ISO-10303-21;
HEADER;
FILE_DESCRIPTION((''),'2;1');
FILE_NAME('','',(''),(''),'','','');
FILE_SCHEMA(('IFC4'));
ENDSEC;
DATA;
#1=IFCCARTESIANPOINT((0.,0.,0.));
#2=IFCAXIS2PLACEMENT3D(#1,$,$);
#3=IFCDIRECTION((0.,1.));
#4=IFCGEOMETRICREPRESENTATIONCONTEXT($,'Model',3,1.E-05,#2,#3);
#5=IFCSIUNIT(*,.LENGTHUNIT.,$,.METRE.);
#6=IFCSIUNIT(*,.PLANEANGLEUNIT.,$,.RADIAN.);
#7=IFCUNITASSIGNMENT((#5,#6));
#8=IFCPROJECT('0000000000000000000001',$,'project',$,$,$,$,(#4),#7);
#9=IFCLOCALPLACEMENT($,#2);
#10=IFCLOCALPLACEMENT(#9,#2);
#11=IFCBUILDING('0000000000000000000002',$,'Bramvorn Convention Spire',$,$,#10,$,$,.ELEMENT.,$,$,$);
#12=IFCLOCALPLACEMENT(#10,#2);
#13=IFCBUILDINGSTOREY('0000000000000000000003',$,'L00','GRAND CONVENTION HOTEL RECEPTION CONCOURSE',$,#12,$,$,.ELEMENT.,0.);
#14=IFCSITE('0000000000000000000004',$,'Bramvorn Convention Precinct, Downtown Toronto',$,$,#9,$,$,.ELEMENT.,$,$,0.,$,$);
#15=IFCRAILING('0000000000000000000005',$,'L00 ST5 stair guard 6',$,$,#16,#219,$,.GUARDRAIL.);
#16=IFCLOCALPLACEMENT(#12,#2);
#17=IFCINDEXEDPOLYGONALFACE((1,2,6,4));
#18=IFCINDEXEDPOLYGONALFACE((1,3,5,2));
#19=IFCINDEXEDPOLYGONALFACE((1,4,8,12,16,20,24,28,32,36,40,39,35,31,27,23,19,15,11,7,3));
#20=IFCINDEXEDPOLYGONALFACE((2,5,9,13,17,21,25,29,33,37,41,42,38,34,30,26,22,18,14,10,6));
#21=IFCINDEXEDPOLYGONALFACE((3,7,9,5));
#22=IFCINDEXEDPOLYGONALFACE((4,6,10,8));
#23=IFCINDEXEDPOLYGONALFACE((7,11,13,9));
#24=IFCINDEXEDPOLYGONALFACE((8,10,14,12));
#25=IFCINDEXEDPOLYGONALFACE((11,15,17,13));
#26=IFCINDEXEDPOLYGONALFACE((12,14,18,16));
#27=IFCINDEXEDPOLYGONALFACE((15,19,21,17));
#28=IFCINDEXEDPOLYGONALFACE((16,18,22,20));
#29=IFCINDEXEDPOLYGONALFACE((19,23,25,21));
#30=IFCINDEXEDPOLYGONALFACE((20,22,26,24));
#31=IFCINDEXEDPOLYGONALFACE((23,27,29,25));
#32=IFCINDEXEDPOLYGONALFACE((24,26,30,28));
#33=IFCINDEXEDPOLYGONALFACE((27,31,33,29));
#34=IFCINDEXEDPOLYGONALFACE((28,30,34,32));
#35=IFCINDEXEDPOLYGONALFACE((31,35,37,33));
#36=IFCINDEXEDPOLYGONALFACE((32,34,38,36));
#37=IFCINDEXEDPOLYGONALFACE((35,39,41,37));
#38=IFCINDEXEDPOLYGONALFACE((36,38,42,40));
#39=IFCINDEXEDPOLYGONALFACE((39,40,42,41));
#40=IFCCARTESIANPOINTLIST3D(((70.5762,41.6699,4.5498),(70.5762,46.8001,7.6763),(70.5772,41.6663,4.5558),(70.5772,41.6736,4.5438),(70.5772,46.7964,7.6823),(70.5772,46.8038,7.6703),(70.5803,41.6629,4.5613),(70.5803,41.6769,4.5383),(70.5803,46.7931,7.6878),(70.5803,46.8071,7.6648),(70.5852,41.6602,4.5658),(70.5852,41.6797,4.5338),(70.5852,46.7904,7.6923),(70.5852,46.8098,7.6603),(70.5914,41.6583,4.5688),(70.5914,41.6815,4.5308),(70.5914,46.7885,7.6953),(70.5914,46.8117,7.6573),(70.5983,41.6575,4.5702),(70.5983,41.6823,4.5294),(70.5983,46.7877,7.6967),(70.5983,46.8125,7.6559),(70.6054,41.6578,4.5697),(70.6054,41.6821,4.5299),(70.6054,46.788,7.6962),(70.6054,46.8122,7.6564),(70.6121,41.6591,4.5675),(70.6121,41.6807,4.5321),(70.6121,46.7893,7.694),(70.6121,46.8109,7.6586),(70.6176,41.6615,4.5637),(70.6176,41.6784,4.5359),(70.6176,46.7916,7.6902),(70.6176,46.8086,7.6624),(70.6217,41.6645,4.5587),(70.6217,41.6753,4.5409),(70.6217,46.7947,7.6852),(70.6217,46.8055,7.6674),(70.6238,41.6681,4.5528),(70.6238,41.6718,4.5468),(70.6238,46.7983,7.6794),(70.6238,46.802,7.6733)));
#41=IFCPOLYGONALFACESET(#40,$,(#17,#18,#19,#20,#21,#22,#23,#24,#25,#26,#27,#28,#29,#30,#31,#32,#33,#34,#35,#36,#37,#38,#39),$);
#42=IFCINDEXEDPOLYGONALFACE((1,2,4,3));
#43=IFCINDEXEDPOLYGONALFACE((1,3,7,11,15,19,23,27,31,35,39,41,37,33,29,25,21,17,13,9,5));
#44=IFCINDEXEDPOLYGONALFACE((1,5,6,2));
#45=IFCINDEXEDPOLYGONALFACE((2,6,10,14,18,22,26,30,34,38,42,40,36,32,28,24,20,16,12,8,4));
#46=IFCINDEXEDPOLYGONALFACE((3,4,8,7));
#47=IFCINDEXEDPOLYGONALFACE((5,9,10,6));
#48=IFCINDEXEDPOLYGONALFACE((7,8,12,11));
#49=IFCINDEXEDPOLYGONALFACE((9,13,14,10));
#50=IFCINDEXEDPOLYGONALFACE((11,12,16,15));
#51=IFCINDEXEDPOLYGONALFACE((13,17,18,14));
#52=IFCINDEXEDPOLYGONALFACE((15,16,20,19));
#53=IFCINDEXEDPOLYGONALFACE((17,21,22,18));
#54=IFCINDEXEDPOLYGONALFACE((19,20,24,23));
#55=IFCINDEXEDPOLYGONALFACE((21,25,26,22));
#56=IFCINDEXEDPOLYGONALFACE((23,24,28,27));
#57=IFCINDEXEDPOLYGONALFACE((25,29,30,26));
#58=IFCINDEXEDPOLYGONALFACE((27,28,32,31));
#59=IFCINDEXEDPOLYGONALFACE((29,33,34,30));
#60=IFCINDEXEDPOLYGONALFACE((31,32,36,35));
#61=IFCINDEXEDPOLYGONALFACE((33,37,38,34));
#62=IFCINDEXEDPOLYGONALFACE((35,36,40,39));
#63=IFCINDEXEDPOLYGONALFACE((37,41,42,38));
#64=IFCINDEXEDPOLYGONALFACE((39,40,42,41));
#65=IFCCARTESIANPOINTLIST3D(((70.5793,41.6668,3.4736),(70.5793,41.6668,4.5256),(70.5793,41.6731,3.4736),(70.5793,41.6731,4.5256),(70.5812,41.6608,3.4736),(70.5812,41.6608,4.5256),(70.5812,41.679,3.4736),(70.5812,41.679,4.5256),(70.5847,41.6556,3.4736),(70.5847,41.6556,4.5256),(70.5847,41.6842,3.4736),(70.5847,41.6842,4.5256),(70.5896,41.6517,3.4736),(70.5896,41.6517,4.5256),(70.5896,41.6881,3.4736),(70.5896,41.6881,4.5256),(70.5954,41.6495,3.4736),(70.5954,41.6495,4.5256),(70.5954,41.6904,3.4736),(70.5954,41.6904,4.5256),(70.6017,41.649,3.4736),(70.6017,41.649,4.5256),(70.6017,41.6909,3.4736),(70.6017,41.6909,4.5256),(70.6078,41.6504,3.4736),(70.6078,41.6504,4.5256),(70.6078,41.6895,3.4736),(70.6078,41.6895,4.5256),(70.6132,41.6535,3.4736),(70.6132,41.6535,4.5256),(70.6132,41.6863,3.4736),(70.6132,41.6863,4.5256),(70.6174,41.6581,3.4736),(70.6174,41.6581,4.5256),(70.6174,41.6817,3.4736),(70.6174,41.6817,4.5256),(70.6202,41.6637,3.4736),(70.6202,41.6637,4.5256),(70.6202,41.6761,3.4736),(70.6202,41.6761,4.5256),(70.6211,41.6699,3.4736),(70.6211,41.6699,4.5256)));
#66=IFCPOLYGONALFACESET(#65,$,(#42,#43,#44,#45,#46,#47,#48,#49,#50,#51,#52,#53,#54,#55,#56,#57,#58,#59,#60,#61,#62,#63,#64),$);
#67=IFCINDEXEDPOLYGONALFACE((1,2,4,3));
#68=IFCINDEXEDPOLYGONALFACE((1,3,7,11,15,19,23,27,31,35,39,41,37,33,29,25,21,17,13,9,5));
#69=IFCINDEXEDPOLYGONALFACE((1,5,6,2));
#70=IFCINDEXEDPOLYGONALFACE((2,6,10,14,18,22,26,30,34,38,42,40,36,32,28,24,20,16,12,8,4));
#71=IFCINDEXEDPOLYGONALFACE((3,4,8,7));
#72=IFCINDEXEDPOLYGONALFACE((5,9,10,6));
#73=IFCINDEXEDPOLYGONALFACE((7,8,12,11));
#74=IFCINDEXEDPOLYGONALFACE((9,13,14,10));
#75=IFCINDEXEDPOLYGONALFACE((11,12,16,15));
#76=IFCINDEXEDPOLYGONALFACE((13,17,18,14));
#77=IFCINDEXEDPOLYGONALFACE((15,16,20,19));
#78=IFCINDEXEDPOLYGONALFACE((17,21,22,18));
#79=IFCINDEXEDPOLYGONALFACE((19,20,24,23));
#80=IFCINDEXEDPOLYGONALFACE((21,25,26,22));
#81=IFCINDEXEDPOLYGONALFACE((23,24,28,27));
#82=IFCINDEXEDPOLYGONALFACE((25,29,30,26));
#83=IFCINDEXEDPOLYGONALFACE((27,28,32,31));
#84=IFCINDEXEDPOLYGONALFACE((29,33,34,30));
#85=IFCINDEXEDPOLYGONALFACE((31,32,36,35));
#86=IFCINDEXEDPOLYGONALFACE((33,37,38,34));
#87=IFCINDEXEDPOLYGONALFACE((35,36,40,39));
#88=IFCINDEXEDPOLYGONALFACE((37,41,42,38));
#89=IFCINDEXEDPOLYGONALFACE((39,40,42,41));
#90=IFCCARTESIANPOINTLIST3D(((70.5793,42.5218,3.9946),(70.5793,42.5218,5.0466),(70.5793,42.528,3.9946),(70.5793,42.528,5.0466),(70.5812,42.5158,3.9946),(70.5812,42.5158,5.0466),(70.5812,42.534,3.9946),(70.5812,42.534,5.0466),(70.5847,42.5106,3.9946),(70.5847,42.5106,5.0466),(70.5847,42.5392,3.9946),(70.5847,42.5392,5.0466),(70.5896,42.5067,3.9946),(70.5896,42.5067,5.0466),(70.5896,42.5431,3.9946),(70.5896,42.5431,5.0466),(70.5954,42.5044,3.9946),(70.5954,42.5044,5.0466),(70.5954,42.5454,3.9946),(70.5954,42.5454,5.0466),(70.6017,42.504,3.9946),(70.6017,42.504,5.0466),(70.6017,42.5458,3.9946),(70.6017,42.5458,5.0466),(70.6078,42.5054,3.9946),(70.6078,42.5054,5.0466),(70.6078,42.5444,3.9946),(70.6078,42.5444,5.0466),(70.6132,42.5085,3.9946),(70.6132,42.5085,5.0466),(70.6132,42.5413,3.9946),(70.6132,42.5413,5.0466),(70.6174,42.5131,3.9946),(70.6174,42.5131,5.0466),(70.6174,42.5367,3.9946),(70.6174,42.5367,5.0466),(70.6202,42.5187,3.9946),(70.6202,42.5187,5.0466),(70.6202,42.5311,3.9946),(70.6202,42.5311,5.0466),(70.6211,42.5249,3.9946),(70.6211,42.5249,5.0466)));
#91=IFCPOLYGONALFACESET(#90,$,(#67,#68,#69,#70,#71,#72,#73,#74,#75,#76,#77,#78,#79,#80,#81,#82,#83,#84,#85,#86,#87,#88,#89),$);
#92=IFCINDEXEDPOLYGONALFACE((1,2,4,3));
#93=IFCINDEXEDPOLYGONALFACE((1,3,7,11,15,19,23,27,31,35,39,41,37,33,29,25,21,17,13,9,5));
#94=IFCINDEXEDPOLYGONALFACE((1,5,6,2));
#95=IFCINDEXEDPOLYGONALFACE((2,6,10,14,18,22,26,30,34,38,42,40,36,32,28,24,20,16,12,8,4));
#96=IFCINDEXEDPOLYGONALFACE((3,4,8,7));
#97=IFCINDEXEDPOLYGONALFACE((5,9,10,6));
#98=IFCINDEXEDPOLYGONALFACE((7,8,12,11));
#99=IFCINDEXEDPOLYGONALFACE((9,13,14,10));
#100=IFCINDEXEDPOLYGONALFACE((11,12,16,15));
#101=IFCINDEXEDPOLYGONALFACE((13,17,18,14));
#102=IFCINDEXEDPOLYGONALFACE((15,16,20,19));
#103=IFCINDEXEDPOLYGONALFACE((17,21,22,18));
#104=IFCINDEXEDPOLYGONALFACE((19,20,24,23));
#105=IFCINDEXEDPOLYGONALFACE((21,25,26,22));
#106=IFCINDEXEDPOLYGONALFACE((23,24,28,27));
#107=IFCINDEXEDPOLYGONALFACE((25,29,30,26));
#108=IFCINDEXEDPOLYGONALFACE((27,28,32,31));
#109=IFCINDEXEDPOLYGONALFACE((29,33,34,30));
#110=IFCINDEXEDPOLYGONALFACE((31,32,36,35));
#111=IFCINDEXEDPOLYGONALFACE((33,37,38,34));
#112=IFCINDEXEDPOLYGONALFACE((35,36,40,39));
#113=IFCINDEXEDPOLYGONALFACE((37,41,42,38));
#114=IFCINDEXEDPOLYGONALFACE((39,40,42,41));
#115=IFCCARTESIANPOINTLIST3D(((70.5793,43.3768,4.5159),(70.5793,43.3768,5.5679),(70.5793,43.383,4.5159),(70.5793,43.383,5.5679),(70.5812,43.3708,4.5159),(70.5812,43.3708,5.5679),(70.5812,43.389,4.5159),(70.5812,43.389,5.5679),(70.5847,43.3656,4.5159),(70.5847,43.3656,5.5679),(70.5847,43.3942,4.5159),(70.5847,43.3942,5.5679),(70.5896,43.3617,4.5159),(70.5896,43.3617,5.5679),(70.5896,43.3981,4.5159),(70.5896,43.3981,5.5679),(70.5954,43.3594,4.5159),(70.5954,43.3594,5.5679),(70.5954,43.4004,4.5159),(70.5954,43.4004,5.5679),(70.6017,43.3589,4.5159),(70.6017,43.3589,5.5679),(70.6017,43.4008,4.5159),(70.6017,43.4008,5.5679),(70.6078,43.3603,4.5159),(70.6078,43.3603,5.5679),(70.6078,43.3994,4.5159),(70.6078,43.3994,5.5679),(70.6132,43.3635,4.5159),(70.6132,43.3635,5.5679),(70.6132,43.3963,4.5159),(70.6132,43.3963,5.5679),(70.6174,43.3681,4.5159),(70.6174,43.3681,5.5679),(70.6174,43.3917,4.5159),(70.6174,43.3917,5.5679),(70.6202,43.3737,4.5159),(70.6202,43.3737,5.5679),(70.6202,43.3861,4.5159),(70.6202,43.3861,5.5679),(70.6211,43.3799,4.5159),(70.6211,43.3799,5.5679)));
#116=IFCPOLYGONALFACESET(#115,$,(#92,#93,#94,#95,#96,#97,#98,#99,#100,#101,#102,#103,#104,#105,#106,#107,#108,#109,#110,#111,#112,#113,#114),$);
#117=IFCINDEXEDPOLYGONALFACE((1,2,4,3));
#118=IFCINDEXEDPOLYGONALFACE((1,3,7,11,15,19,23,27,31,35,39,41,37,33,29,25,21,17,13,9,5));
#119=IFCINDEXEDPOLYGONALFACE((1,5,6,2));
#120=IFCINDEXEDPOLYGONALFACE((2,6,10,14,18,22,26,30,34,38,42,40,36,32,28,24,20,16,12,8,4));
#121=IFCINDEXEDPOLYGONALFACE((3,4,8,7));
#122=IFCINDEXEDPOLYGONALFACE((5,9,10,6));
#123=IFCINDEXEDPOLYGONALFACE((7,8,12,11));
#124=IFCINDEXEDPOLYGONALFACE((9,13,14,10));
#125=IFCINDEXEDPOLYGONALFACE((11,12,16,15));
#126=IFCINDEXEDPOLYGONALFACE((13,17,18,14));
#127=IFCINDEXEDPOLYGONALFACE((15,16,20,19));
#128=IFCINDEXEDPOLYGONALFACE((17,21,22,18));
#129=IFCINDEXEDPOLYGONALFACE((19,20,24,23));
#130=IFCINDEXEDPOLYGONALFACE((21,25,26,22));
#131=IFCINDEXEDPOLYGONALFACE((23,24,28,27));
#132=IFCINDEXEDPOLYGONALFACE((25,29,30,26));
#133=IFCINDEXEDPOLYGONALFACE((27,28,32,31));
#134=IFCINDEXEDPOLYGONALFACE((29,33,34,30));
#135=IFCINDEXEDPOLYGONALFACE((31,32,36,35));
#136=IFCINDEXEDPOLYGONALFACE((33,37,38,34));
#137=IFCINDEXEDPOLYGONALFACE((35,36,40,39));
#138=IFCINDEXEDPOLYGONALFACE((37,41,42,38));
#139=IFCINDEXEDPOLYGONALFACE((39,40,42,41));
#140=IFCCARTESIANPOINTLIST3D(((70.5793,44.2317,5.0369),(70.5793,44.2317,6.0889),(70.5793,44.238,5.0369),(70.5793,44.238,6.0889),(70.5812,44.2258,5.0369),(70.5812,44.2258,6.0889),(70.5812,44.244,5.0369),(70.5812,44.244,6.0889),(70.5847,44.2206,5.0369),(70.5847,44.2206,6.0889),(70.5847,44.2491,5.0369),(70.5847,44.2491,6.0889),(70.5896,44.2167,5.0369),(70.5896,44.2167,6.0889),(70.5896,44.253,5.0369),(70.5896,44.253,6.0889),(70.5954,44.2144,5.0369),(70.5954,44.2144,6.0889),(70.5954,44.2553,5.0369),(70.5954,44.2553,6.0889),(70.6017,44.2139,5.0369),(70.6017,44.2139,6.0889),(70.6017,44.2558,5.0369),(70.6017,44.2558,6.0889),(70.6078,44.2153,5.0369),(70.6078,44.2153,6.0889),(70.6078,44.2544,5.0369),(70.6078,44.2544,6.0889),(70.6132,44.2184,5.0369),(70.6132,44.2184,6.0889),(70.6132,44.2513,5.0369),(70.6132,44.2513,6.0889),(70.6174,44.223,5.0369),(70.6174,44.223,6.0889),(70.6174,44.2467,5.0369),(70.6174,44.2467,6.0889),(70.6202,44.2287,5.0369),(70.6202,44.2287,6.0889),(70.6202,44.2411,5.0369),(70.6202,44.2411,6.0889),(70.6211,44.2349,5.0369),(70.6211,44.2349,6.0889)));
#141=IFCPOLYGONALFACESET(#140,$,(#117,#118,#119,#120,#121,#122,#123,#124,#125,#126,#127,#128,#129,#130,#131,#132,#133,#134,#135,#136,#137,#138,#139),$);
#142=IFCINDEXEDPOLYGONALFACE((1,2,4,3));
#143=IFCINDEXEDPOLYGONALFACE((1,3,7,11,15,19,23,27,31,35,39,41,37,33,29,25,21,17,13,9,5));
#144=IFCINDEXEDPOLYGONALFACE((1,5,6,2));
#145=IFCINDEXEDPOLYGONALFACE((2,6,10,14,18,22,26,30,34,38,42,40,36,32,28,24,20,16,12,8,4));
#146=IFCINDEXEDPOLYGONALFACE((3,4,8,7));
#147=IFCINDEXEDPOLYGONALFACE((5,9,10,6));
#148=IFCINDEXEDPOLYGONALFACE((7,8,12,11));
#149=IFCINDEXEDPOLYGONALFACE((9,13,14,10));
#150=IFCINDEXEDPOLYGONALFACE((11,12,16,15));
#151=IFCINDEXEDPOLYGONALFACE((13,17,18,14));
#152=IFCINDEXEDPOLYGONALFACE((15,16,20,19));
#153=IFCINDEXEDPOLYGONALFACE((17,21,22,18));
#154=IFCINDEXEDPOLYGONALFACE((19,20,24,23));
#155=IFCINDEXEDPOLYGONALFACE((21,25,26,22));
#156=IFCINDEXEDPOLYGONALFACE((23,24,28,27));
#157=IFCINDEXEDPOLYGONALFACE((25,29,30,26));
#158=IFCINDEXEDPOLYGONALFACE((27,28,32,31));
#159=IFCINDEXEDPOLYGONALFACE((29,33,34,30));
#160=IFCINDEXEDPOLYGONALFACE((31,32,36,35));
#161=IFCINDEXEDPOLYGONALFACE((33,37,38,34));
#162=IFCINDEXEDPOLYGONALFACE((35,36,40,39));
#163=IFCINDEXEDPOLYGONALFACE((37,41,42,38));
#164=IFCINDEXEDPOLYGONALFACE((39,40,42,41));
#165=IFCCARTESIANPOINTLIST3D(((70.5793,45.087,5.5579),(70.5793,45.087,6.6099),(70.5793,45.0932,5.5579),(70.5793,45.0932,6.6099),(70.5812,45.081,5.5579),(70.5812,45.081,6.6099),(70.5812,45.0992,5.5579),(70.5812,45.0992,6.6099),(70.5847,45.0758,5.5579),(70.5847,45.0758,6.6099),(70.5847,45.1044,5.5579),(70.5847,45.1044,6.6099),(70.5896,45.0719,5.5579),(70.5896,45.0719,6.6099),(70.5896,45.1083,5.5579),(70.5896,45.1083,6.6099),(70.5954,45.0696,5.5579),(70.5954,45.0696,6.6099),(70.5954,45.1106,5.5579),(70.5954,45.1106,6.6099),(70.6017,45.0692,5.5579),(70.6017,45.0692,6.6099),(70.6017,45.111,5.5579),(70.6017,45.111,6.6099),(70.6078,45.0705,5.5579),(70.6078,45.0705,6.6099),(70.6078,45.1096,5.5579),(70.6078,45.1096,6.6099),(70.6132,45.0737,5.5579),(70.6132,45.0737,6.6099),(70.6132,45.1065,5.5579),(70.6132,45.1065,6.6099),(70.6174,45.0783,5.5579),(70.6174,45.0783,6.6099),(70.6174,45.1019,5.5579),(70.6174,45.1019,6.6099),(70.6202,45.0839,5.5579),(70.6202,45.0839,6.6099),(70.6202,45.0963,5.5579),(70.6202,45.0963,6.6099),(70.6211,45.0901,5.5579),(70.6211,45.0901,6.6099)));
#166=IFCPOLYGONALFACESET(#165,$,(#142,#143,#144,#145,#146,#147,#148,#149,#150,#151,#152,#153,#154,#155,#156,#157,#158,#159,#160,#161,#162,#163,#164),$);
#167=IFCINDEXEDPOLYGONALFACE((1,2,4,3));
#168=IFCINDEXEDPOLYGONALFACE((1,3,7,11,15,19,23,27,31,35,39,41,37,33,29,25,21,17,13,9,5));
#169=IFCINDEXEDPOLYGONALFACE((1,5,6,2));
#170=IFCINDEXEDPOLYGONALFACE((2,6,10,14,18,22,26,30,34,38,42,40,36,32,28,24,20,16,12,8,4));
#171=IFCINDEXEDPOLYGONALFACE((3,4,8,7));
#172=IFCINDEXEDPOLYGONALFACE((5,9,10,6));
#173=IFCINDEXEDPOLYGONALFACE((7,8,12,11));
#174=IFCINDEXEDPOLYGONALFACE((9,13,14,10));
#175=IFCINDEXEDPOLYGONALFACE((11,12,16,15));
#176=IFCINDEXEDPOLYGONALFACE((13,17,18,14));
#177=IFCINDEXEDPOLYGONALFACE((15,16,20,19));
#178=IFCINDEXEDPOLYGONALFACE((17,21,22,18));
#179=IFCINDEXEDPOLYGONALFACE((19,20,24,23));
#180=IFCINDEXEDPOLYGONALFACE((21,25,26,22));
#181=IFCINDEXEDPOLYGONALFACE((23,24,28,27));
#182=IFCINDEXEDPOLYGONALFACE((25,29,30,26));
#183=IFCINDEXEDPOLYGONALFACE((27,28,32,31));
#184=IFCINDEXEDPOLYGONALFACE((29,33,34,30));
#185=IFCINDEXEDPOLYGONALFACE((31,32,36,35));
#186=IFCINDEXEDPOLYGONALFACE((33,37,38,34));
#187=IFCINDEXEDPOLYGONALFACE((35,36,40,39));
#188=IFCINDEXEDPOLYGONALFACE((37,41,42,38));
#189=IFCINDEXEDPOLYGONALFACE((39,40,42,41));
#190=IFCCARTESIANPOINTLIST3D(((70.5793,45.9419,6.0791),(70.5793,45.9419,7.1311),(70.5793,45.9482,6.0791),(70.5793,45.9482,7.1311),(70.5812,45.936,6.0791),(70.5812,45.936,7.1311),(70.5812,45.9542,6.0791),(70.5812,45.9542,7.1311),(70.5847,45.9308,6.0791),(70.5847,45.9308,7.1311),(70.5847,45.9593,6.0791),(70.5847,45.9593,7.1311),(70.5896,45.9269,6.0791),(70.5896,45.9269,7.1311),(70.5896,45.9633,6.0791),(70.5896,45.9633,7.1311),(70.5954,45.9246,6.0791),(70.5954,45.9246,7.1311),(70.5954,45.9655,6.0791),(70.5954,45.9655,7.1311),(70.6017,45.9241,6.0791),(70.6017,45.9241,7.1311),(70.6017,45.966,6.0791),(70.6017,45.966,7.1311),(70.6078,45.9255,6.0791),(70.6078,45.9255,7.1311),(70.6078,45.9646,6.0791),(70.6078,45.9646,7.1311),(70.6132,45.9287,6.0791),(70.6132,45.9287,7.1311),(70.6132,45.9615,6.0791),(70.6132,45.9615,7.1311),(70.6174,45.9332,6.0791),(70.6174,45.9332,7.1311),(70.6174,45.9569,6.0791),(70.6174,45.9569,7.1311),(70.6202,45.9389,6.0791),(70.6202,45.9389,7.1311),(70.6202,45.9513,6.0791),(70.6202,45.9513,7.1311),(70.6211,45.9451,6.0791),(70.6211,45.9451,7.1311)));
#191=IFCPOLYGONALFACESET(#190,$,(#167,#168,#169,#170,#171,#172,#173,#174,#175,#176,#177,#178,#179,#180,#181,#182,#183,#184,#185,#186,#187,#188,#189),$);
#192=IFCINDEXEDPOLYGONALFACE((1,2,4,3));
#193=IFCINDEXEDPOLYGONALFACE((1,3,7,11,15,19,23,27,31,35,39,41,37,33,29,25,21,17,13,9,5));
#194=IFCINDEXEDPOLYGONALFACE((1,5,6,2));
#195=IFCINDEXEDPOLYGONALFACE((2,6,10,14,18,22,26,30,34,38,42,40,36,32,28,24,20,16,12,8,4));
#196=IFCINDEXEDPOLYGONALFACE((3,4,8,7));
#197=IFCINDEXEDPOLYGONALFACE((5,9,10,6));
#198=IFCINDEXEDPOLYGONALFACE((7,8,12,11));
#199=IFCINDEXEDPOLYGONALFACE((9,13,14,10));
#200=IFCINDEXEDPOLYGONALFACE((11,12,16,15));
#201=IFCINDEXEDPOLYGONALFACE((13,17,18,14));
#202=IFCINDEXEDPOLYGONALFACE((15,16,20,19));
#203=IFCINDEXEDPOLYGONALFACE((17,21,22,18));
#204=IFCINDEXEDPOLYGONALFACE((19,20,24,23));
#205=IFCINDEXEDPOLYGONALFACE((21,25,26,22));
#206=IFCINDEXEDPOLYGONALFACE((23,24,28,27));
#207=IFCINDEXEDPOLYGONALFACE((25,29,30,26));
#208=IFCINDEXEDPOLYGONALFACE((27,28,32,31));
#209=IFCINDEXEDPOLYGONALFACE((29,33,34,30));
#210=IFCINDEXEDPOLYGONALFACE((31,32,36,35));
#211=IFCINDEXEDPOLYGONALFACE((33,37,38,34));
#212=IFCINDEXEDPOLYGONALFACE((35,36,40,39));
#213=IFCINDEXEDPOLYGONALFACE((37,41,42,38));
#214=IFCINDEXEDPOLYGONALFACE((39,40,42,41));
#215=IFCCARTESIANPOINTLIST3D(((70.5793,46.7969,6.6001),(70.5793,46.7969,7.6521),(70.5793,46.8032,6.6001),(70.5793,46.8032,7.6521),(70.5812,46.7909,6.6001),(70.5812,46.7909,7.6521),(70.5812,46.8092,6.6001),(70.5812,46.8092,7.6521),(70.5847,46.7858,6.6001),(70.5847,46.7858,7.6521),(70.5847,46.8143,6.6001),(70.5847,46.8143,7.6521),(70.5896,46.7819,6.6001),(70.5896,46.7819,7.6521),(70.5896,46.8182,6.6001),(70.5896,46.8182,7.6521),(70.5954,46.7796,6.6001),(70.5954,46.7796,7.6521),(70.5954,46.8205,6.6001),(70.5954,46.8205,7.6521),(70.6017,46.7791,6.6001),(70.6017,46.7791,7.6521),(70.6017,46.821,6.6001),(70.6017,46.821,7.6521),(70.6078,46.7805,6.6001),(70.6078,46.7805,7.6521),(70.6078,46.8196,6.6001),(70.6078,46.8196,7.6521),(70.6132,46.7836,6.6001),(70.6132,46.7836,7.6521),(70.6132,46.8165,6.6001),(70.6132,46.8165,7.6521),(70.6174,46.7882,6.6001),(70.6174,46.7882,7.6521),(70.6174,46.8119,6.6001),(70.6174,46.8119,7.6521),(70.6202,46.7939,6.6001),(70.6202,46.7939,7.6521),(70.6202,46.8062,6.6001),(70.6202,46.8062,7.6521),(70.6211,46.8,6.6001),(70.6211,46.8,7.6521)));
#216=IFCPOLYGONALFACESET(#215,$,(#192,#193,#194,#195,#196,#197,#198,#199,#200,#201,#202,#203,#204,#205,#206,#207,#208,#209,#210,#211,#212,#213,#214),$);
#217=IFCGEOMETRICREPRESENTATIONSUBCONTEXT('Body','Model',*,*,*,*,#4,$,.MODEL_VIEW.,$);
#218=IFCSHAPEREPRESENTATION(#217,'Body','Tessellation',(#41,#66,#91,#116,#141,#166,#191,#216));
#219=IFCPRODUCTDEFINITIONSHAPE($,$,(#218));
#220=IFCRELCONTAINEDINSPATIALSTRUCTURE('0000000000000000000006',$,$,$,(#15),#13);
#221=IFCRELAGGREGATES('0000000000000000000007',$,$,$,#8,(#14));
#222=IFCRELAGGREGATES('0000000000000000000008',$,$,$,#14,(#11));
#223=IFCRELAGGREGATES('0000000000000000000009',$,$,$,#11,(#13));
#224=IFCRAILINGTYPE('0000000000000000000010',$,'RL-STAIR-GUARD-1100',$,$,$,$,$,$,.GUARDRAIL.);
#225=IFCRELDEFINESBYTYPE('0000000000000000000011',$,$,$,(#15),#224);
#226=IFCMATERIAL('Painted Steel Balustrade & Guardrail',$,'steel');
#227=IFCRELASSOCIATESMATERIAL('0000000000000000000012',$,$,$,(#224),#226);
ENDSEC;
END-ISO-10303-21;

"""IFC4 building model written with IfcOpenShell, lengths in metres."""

from ifc_helpers import new_model, si_unit, direction, frame, origin, origin_2d, place, context, subcontext, project, spatial, circle, extrude, material, type_object, element, save


model = new_model("IFC4")

# Units and contexts
model_context = context("Model", 3, precision=1e-05, world=origin(), true_north=direction((0.0, 1.0)))
body_context = subcontext(model_context, "Body", "Model", "MODEL_VIEW")
ifc_project = project(units=[si_unit("LENGTHUNIT", "METRE"), si_unit("PLANEANGLEUNIT", "RADIAN")], contexts=[model_context])

# Site, building, storey
site_placement = place(None, origin())
site = spatial("IfcSite", under=ifc_project, at=site_placement, Name="Bramvorn Convention Precinct, Downtown Toronto", CompositionType="ELEMENT", RefElevation=0.0)
building_placement = place(site_placement, origin())
building = spatial("IfcBuilding", under=site, at=building_placement, Name="Bramvorn Convention Spire", CompositionType="ELEMENT")
storey_placement = place(building_placement, origin())
storey = spatial("IfcBuildingStorey", under=building, at=storey_placement, Name="L00", Description="GRAND CONVENTION HOTEL RECEPTION CONCOURSE", CompositionType="ELEMENT", Elevation=0.0)

# Railing
ifc_material_1 = material(Name="Painted Steel Balustrade & Guardrail", Category="steel")
railing_type_1 = type_object("IfcRailingType", Name="RL-STAIR-GUARD-1100", PredefinedType="GUARDRAIL", material=ifc_material_1)
railing_1_placement = place(storey_placement, frame((70.6001, 41.6699, 3.4736)))
element("IfcRailing", 1, at=railing_1_placement, inside=storey, type_object=railing_type_1, Name="L00 ST5 stair guard 6", PredefinedType="GUARDRAIL", context=body_context, shape_type="SweptSolid", body=[
    extrude(circle(Radius=0.0239, at=origin_2d()), frame((0.0, 0.0, 1.0762), z_axis=(0.0, 0.853919, 0.520406), x_axis=(-1.0, 0.0, 0.0)), (0.0, 0.0, 1.0), 6.0078),
    extrude(circle(Radius=0.021, at=origin_2d()), origin(), (0.0, 0.0, 1.0), 1.052),
    extrude(circle(Radius=0.021, at=origin_2d()), frame((0.0, 0.855, 0.521)), (0.0, 0.0, 1.0), 1.052),
    extrude(circle(Radius=0.021, at=origin_2d()), frame((0.0, 1.71, 1.0422)), (0.0, 0.0, 1.0), 1.052),
    extrude(circle(Radius=0.021, at=origin_2d()), frame((0.0, 2.5649, 1.5632)), (0.0, 0.0, 1.0), 1.052),
    extrude(circle(Radius=0.021, at=origin_2d()), frame((0.0, 3.4202, 2.0842)), (0.0, 0.0, 1.0), 1.052),
    extrude(circle(Radius=0.021, at=origin_2d()), frame((0.0, 4.2751, 2.6055)), (0.0, 0.0, 1.0), 1.052),
    extrude(circle(Radius=0.021, at=origin_2d()), frame((0.0, 5.1301, 3.1265)), (0.0, 0.0, 1.0), 1.052),
])

save(model, "model.ifc")
